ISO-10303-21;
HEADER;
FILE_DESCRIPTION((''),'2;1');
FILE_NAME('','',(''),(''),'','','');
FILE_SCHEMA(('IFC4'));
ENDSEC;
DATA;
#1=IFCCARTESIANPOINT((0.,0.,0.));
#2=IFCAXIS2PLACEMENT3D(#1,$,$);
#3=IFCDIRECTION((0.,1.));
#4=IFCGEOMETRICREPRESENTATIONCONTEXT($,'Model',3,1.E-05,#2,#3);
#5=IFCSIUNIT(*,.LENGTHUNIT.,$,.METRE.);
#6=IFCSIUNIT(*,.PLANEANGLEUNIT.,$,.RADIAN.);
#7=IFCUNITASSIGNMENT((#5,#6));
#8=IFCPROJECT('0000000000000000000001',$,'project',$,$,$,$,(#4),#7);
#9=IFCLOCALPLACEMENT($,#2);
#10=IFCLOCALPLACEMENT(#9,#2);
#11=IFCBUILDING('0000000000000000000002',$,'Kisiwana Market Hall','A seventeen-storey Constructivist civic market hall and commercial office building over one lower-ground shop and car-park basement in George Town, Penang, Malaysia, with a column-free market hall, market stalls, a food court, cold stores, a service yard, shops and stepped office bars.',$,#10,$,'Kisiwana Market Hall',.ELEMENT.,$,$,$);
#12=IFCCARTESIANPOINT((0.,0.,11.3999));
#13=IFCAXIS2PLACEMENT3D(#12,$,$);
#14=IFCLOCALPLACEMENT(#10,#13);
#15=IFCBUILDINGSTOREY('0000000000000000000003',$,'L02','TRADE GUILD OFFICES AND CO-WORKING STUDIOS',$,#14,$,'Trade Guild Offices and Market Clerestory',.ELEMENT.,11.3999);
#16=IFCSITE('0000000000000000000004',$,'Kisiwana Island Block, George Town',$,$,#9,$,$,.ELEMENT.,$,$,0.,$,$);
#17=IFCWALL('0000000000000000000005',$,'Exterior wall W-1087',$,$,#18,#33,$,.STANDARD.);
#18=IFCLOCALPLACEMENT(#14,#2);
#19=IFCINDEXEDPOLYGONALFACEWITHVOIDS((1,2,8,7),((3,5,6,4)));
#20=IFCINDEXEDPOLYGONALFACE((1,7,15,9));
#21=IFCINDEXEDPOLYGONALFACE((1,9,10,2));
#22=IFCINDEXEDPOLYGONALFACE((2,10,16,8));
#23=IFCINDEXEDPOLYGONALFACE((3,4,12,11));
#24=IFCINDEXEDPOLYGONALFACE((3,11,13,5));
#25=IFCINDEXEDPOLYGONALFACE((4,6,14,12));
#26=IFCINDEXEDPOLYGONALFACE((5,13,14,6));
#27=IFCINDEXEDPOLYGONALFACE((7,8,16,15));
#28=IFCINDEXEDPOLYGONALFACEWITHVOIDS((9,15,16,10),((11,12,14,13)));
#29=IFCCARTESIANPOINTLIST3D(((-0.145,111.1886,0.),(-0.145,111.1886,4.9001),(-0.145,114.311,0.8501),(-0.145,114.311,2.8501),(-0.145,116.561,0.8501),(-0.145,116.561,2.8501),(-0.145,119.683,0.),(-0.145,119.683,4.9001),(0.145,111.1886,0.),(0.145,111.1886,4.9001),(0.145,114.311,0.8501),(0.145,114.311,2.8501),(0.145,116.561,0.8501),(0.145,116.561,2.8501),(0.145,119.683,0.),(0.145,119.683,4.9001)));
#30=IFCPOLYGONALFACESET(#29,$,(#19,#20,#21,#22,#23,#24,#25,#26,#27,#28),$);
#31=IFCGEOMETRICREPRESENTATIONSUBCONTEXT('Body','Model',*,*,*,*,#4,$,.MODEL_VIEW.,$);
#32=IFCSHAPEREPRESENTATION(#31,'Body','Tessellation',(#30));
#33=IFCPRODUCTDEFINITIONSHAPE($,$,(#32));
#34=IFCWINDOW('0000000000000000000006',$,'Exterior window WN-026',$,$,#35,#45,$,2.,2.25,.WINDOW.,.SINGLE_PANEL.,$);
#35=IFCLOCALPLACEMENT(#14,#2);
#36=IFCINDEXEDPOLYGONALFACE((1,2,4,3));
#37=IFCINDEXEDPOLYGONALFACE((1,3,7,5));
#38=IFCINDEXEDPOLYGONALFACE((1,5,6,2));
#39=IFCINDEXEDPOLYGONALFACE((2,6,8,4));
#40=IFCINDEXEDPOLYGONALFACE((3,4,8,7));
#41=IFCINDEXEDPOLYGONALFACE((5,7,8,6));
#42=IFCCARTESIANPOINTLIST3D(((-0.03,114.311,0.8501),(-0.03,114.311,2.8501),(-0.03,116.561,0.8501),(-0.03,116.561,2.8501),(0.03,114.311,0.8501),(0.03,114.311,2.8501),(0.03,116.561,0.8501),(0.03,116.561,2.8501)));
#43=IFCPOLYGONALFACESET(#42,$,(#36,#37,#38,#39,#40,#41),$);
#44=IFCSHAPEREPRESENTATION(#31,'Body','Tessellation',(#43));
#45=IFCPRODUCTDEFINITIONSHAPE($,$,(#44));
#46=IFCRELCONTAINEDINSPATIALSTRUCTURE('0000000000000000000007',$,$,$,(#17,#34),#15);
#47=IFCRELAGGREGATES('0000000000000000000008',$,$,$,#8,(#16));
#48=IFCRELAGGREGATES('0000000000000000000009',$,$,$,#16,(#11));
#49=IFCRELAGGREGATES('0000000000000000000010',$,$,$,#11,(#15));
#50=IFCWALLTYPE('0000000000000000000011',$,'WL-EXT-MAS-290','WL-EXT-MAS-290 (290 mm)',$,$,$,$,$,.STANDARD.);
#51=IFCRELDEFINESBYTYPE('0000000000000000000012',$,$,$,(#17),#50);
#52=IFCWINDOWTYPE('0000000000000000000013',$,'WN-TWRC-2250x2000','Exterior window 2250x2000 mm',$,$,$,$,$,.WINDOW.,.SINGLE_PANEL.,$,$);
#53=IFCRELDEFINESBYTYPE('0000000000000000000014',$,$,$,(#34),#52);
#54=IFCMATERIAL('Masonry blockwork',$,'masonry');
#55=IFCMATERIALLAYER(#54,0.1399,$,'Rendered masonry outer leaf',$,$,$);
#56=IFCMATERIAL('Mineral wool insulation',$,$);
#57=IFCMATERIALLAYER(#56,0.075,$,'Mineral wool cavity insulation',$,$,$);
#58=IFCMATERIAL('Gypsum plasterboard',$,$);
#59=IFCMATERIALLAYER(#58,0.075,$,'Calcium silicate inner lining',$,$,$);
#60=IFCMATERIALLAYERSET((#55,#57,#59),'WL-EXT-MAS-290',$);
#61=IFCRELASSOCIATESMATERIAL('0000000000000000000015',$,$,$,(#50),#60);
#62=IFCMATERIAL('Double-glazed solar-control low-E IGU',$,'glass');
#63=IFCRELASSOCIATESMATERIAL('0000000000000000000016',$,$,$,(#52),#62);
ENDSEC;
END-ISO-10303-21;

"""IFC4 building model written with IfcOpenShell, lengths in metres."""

from ifc_helpers import new_model, si_unit, direction, frame, frame_2d, origin, place, context, subcontext, project, spatial, rectangle, extrude, material, layer, layer_set, type_object, element, fill, save


model = new_model("IFC4")

# Units and contexts
model_context = context("Model", 3, precision=1e-05, world=origin(), true_north=direction((0.0, 1.0)))
body_context = subcontext(model_context, "Body", "Model", "MODEL_VIEW")
ifc_project = project(units=[si_unit("LENGTHUNIT", "METRE"), si_unit("PLANEANGLEUNIT", "RADIAN")], contexts=[model_context])

# Site, building, storey
site_placement = place(None, origin())
site = spatial("IfcSite", under=ifc_project, at=site_placement, Name="Kisiwana Island Block, George Town", CompositionType="ELEMENT", RefElevation=0.0)
building_placement = place(site_placement, origin())
building = spatial("IfcBuilding", under=site, at=building_placement, Name="Kisiwana Market Hall", Description="A seventeen-storey Constructivist civic market hall and commercial office building over one lower-ground shop and car-park basement in George Town, Penang, Malaysia, with a column-free market hall, market stalls, a food court, cold stores, a service yard, shops and stepped office bars.", LongName="Kisiwana Market Hall", CompositionType="ELEMENT")
storey_placement = place(building_placement, frame((0.0, 0.0, 11.3999)))
storey = spatial("IfcBuildingStorey", under=building, at=storey_placement, Name="L02", Description="TRADE GUILD OFFICES AND CO-WORKING STUDIOS", LongName="Trade Guild Offices and Market Clerestory", CompositionType="ELEMENT", Elevation=11.3999)

# Wall, opening, window
ifc_material_1 = material(Name="Masonry blockwork", Category="masonry")
ifc_layer_1 = layer(ifc_material_1, 0.1399, Name="Rendered masonry outer leaf")
ifc_material_2 = material(Name="Mineral wool insulation")
ifc_layer_2 = layer(ifc_material_2, 0.075, Name="Mineral wool cavity insulation")
ifc_material_3 = material(Name="Gypsum plasterboard")
ifc_layer_3 = layer(ifc_material_3, 0.075, Name="Calcium silicate inner lining")
ifc_layer_set_1 = layer_set([ifc_layer_1, ifc_layer_2, ifc_layer_3], Name="WL-EXT-MAS-290")
wall_type = type_object("IfcWallType", Name="WL-EXT-MAS-290", Description="WL-EXT-MAS-290 (290 mm)", PredefinedType="STANDARD", material=ifc_layer_set_1)
wall_1_placement = place(storey_placement, frame((0.0, 111.1887, 0.0), z_axis=(0.0, 0.0, 1.0), x_axis=(0.0, 1.0, 0.0)))
wall_1 = element("IfcWall", 1, at=wall_1_placement, inside=storey, type_object=wall_type, Name="Exterior wall W-1087", PredefinedType="STANDARD", context=body_context, shape_type="SweptSolid", body=[
    extrude(rectangle(XDim=8.4944, YDim=0.29, at=frame_2d((4.2471, 0.0))), origin(), (0.0, 0.0, 1.0), 4.9001),
])
opening_1_placement = place(wall_1_placement, frame((3.1223, 0.0, 0.8501)))
opening_1 = element("IfcOpeningElement", 2, at=opening_1_placement, cuts=wall_1, PredefinedType="OPENING", context=body_context, shape_type="SweptSolid", body=[
    extrude(rectangle(XDim=2.25, YDim=2.0, at=frame_2d((1.125, 1.0))), frame((0.0, 0.157, 0.0), z_axis=(0.0, -1.0, 0.0), x_axis=(1.0, 0.0, 0.0)), (0.0, 0.0, 1.0), 0.314),
])
ifc_material_4 = material(Name="Double-glazed solar-control low-E IGU", Category="glass")
window_type_1 = type_object("IfcWindowType", Name="WN-TWRC-2250x2000", Description="Exterior window 2250x2000 mm", PartitioningType="SINGLE_PANEL", PredefinedType="WINDOW", material=ifc_material_4)
window_1_placement = place(opening_1_placement, origin())
window_1 = element("IfcWindow", 3, at=window_1_placement, inside=storey, type_object=window_type_1, Name="Exterior window WN-026", OverallHeight=2.0, OverallWidth=2.25, PartitioningType="SINGLE_PANEL", PredefinedType="WINDOW", context=body_context, shape_type="SweptSolid", body=[
    extrude(rectangle(XDim=2.25, YDim=2.0, at=frame_2d((1.125, 1.0))), frame((0.0, 0.03, 0.0), z_axis=(0.0, -1.0, 0.0), x_axis=(1.0, 0.0, 0.0)), (0.0, 0.0, 1.0), 0.0601),
])
fill(opening_1, window_1)

save(model, "model.ifc")
